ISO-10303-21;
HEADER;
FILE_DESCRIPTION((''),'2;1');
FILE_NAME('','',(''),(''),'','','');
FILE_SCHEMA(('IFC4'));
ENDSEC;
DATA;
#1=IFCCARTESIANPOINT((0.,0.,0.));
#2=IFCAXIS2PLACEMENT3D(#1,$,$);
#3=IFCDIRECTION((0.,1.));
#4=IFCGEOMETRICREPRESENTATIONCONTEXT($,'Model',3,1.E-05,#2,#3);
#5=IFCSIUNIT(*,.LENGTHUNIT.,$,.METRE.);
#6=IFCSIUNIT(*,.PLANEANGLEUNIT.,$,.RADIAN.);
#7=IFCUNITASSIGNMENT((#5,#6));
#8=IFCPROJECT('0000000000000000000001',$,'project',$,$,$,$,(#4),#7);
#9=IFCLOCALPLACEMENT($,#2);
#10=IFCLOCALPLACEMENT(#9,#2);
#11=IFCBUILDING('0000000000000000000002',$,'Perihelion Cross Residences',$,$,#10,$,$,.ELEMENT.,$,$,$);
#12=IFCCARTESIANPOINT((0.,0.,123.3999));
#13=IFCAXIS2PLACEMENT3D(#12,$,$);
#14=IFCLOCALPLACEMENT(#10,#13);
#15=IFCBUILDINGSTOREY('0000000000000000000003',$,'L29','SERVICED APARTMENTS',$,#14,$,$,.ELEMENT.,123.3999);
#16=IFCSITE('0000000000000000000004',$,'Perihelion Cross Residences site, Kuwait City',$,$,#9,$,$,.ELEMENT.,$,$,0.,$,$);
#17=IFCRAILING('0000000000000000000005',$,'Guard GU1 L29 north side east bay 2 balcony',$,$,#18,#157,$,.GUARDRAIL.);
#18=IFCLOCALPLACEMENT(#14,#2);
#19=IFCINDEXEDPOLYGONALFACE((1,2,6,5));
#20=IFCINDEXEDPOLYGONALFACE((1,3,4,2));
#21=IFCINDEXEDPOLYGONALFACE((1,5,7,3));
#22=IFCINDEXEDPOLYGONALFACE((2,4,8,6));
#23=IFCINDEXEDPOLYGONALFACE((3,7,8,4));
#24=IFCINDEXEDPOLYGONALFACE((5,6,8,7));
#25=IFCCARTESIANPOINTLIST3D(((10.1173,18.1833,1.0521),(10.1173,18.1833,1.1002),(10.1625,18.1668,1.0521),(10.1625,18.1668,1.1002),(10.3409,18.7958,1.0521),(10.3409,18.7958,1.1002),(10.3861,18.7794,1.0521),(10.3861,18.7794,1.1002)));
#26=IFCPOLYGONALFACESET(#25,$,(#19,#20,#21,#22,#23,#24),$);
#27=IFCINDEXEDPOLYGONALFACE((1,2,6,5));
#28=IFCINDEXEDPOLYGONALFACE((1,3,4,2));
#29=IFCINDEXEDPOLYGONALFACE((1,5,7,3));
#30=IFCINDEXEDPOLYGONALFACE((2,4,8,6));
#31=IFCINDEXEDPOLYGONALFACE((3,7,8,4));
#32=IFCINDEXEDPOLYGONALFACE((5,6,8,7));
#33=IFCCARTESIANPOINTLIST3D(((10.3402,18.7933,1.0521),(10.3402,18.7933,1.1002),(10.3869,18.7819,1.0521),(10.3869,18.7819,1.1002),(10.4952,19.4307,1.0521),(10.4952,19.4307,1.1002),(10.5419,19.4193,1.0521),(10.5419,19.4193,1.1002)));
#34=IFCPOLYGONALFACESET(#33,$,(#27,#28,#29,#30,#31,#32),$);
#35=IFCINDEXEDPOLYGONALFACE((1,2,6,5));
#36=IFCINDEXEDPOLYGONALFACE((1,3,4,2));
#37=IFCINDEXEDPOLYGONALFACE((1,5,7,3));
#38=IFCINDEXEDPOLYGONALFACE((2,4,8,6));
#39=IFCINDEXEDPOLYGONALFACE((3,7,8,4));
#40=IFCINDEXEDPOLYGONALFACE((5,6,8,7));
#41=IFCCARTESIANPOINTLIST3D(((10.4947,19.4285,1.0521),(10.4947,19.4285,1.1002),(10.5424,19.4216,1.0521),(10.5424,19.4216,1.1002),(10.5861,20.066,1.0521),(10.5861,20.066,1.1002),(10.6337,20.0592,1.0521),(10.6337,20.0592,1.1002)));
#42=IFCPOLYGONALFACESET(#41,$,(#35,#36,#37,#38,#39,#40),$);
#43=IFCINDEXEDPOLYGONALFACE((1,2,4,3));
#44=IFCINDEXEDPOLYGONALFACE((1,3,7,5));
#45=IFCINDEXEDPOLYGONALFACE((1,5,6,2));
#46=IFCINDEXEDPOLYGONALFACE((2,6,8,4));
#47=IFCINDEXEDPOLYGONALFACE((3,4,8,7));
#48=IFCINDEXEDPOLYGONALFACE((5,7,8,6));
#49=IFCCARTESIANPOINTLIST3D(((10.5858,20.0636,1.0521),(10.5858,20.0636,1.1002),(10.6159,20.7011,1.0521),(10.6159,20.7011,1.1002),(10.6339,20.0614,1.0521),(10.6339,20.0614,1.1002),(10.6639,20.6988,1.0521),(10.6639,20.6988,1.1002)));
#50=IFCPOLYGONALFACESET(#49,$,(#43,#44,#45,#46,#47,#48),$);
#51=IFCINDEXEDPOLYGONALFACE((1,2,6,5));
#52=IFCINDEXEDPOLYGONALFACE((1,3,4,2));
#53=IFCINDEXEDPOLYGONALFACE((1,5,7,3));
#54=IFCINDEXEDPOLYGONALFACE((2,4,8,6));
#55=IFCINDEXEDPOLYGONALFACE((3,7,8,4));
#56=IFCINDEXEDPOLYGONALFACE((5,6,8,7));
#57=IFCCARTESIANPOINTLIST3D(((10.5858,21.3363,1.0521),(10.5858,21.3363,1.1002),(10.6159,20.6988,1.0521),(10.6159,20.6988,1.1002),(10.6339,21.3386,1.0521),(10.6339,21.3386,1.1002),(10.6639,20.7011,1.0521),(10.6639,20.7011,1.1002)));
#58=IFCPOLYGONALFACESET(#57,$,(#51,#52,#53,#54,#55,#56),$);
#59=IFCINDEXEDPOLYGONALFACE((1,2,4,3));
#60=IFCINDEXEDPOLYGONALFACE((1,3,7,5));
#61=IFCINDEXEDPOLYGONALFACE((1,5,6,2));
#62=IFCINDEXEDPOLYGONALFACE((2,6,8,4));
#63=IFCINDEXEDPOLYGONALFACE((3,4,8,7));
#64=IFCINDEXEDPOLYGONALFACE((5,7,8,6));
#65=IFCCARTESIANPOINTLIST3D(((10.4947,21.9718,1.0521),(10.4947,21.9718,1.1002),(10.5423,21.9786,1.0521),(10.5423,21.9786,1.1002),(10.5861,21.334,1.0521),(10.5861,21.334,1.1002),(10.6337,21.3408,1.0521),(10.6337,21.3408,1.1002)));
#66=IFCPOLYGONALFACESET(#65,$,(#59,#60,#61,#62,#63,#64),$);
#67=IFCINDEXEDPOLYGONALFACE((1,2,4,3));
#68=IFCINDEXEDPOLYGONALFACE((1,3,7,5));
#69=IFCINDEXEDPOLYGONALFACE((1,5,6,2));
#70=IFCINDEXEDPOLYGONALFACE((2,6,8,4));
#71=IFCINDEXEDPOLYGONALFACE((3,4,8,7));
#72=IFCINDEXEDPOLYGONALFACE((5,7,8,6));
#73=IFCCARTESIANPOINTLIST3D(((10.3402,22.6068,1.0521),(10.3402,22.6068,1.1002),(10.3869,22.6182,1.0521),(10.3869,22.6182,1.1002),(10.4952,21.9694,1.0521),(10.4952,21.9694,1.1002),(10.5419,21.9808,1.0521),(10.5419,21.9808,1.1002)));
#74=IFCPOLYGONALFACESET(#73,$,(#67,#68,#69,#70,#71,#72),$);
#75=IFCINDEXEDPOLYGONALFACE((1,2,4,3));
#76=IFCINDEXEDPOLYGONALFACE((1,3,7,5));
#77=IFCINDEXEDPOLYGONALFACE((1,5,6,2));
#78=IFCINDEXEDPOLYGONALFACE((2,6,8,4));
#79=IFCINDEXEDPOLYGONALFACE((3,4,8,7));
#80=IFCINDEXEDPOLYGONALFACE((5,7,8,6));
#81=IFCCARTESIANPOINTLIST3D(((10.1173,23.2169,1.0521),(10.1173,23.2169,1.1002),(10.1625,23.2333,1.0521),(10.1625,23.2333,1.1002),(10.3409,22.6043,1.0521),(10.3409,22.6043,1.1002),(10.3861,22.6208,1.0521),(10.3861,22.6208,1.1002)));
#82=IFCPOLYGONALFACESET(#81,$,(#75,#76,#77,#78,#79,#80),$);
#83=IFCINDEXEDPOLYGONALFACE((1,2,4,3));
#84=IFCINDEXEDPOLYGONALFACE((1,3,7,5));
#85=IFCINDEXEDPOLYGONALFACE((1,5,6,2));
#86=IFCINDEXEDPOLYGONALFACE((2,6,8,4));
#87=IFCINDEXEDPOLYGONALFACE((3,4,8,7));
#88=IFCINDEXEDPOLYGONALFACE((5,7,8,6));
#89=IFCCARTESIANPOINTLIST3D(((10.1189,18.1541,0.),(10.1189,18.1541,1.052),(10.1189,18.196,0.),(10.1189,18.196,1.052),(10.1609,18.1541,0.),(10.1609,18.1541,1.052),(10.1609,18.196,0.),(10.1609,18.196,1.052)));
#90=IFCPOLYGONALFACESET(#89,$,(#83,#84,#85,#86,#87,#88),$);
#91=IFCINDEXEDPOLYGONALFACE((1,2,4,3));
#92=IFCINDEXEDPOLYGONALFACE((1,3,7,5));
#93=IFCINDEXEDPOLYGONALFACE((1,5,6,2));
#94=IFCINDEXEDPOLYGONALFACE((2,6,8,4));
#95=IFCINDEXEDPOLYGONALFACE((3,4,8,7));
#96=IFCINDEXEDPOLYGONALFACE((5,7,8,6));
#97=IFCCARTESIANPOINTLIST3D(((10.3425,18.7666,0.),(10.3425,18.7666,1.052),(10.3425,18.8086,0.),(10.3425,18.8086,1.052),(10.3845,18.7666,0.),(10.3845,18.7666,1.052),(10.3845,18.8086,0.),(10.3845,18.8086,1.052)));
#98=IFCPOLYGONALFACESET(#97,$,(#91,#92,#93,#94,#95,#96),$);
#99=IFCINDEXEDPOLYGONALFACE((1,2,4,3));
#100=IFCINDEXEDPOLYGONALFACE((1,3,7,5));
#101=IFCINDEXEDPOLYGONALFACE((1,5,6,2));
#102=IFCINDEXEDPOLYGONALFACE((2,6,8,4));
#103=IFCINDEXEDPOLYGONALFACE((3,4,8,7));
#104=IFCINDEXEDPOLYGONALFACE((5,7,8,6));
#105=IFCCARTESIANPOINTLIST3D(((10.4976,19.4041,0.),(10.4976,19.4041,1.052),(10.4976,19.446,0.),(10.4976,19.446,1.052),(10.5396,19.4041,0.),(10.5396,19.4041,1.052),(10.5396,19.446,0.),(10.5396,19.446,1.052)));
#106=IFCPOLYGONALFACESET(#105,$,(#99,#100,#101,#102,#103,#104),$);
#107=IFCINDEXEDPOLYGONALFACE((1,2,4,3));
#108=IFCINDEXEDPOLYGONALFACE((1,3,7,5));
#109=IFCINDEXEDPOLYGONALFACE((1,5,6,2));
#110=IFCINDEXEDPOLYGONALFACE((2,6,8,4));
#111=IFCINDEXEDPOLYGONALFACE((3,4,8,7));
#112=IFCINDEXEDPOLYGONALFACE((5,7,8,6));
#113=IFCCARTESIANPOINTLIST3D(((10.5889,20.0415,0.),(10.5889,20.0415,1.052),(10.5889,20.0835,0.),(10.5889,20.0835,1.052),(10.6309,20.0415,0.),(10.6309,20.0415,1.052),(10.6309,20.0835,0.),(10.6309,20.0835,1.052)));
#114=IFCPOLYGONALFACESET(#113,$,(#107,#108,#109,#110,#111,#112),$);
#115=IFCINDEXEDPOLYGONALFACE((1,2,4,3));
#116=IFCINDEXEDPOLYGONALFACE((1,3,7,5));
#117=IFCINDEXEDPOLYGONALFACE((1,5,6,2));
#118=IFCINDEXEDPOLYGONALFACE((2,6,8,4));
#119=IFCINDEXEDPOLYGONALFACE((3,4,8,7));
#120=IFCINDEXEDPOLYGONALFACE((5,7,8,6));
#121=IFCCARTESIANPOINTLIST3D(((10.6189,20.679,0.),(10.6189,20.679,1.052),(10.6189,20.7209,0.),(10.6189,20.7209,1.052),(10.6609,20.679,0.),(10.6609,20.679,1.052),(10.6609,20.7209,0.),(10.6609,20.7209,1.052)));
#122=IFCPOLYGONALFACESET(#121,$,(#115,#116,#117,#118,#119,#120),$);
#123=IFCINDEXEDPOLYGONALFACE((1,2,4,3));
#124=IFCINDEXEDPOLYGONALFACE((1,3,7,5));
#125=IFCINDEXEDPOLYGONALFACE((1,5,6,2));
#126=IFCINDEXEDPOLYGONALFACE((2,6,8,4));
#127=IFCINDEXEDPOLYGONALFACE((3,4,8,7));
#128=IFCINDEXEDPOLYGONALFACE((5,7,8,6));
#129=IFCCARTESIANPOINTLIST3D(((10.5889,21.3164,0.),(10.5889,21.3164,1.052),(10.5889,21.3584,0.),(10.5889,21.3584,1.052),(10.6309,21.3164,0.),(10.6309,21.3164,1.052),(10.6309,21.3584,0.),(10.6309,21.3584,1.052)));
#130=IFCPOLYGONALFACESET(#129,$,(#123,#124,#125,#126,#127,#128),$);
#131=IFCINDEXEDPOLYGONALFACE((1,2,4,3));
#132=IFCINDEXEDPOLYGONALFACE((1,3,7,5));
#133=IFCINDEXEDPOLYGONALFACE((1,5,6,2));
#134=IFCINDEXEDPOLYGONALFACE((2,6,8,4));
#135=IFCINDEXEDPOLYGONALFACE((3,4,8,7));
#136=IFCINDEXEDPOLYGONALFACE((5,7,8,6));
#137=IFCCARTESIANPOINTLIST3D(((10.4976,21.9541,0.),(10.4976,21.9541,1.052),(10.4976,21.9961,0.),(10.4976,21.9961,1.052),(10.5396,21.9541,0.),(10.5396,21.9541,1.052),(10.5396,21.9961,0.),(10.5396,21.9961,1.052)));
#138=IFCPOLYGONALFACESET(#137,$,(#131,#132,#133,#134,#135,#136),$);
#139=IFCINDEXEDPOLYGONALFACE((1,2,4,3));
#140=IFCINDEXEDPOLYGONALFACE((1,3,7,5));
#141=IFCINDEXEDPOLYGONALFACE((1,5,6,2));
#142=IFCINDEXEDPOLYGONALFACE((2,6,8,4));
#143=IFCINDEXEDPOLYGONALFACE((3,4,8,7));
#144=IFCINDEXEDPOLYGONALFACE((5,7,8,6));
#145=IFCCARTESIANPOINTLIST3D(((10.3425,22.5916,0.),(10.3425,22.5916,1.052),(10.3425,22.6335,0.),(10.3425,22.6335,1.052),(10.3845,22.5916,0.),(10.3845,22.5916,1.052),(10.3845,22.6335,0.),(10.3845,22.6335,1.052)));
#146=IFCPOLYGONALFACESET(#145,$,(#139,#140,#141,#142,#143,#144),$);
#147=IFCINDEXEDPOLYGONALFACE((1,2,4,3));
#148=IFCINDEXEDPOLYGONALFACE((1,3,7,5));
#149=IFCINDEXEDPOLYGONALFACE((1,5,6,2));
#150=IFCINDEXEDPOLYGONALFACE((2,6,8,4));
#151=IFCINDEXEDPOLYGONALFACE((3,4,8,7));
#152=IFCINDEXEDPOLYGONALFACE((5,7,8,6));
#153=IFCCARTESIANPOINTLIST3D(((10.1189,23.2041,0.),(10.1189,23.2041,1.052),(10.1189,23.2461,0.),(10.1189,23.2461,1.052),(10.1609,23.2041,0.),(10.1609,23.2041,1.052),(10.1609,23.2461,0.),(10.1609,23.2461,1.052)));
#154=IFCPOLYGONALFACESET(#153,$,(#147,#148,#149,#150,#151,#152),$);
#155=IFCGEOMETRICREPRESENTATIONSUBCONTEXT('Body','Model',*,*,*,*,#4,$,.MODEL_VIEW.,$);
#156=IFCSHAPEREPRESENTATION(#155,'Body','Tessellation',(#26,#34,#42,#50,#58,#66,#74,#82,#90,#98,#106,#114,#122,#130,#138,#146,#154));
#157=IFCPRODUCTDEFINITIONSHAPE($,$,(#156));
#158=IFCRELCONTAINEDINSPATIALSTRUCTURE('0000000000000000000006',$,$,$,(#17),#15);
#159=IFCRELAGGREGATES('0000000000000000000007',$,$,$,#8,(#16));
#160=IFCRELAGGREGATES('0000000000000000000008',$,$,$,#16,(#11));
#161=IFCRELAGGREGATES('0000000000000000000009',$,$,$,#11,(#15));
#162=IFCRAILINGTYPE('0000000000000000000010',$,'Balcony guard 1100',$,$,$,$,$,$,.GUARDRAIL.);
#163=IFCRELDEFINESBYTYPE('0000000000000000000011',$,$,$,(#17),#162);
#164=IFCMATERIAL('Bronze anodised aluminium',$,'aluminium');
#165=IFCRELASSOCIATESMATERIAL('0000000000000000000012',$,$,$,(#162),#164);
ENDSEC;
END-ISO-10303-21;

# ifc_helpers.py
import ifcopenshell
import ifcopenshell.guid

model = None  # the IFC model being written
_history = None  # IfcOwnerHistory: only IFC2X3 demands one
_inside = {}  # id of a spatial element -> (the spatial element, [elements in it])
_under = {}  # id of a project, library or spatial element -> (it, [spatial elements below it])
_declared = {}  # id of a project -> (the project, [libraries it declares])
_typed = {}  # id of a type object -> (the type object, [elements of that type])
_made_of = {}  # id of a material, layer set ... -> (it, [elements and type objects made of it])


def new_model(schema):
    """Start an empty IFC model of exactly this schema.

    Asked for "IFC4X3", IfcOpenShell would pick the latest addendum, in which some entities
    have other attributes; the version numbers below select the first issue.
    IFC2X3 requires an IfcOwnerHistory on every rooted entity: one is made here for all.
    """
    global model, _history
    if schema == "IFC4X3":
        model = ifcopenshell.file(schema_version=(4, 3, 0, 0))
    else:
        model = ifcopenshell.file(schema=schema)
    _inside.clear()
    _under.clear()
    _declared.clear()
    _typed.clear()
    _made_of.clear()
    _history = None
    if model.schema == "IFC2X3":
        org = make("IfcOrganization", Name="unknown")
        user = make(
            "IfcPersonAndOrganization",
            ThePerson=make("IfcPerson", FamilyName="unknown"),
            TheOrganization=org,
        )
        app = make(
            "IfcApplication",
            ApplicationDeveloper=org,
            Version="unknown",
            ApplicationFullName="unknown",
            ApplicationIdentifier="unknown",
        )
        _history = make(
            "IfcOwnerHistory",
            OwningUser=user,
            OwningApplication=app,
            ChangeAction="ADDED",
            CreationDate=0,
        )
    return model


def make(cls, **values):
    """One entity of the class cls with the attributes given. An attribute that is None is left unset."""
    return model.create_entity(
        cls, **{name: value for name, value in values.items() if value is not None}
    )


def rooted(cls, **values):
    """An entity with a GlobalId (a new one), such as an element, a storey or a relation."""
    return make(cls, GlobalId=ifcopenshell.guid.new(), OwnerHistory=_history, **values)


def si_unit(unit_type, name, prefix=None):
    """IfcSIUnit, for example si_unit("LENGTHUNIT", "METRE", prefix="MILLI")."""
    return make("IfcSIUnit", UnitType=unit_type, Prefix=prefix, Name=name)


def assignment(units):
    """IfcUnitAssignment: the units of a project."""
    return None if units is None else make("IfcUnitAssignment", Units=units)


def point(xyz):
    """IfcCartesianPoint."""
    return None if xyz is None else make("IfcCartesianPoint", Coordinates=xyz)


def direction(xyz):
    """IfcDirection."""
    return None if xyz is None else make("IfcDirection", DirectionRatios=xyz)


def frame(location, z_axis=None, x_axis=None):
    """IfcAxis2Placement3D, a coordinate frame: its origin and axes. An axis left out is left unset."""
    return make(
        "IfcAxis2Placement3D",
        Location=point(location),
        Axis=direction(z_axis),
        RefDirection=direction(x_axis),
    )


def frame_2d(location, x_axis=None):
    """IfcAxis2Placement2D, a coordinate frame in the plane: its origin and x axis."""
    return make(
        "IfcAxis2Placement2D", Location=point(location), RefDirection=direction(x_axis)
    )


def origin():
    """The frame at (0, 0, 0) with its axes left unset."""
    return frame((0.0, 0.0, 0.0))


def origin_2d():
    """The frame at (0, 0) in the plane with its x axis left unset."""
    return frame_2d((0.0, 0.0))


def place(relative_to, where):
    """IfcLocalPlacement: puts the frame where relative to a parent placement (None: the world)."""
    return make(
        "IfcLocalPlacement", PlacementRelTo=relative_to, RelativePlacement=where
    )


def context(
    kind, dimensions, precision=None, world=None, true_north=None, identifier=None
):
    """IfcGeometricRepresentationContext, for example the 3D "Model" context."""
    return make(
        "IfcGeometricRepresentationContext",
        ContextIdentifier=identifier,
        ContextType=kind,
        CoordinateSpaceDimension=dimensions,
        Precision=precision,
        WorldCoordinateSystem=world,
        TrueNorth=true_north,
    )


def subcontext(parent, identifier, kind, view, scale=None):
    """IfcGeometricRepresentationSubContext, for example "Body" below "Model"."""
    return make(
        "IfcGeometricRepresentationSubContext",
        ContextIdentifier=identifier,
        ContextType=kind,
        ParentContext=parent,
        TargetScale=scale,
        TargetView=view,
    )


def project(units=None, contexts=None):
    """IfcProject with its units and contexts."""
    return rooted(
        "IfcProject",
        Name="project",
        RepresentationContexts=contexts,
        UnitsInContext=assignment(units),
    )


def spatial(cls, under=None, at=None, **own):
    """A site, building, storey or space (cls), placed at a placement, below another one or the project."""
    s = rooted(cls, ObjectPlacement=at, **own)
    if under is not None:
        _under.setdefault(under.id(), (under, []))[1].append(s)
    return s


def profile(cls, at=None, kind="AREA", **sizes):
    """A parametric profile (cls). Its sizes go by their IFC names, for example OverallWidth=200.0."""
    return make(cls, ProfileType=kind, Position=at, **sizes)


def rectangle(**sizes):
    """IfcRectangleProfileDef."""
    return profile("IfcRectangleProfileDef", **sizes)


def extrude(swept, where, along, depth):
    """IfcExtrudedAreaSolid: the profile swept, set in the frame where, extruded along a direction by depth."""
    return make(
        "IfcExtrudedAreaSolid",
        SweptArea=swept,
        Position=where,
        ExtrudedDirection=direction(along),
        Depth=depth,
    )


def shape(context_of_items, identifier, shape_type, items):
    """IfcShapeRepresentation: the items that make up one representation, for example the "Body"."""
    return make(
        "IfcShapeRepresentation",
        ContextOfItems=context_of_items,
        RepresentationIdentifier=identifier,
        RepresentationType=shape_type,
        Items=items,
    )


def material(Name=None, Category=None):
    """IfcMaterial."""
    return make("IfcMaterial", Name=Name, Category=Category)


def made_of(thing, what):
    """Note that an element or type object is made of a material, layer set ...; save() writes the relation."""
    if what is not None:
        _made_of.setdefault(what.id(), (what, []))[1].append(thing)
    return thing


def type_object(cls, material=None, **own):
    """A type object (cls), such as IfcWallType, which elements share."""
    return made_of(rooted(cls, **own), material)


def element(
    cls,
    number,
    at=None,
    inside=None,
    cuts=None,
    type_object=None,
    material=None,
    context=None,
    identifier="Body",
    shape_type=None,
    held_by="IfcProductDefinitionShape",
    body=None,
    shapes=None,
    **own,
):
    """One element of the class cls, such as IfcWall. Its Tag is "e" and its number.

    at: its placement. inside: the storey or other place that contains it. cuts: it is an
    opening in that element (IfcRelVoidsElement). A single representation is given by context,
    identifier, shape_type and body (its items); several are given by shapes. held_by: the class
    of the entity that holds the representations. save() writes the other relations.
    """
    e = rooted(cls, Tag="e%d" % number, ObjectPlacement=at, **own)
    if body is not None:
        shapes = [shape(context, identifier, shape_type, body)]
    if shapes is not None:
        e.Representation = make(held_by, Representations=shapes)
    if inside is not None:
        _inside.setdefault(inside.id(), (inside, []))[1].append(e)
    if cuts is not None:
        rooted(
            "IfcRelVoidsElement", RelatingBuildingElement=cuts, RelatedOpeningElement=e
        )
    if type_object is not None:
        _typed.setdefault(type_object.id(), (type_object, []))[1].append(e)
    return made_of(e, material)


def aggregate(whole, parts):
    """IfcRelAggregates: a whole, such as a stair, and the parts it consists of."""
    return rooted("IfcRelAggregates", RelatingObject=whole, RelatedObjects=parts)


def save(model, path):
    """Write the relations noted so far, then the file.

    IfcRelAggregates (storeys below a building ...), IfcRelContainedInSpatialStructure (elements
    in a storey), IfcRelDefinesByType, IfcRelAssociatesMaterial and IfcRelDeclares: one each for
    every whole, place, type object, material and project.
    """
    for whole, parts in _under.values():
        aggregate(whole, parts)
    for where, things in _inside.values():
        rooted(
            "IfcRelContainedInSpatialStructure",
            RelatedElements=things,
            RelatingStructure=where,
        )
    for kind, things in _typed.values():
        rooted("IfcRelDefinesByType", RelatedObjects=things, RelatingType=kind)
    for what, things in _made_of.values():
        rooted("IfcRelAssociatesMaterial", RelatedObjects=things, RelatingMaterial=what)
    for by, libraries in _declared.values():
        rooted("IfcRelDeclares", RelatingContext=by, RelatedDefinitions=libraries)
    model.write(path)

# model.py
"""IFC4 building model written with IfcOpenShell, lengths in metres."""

from ifc_helpers import new_model, si_unit, direction, frame, origin, origin_2d, place, context, subcontext, project, spatial, rectangle, extrude, material, type_object, element, save


model = new_model("IFC4")

# Units and contexts
model_context = context("Model", 3, precision=1e-05, world=origin(), true_north=direction((0.0, 1.0)))
body_context = subcontext(model_context, "Body", "Model", "MODEL_VIEW")
ifc_project = project(units=[si_unit("LENGTHUNIT", "METRE"), si_unit("PLANEANGLEUNIT", "RADIAN")], contexts=[model_context])

# Site, building, storey
site_placement = place(None, origin())
site = spatial("IfcSite", under=ifc_project, at=site_placement, Name="Perihelion Cross Residences site, Kuwait City", CompositionType="ELEMENT", RefElevation=0.0)
building_placement = place(site_placement, origin())
building = spatial("IfcBuilding", under=site, at=building_placement, Name="Perihelion Cross Residences", CompositionType="ELEMENT")
storey_placement = place(building_placement, frame((0.0, 0.0, 123.3999)))
storey = spatial("IfcBuildingStorey", under=building, at=storey_placement, Name="L29", Description="SERVICED APARTMENTS", CompositionType="ELEMENT", Elevation=123.3999)

# Railing
ifc_material_1 = material(Name="Bronze anodised aluminium", Category="aluminium")
railing_type = type_object("IfcRailingType", Name="Balcony guard 1100", PredefinedType="GUARDRAIL", material=ifc_material_1)
railing_1_placement = place(storey_placement, frame((10.1399, 18.175, 0.0)))
element("IfcRailing", 1, at=railing_1_placement, inside=storey, type_object=railing_type, Name="Guard GU1 L29 north side east bay 2 balcony", PredefinedType="GUARDRAIL", context=body_context, shape_type="SweptSolid", body=[
    extrude(rectangle(XDim=0.0481, YDim=0.0481, at=origin_2d()), frame((0.0, 0.0, 1.0762), z_axis=(0.342945, 0.939355, 0.0), x_axis=(-0.939355, 0.342945, 0.0)), (0.0, 0.0, 1.0), 0.6521),
    extrude(rectangle(XDim=0.0481, YDim=0.0481, at=origin_2d()), frame((0.2236, 0.6125, 1.0762), z_axis=(0.236314, 0.971677, 0.0), x_axis=(-0.971677, 0.236314, 0.0)), (0.0, 0.0, 1.0), 0.656),
    extrude(rectangle(XDim=0.0481, YDim=0.0481, at=origin_2d()), frame((0.3787, 1.25, 1.0762), z_axis=(0.141793, 0.989896, 0.0), x_axis=(-0.989896, 0.141793, 0.0)), (0.0, 0.0, 1.0), 0.644),
    extrude(rectangle(XDim=0.0481, YDim=0.0481, at=origin_2d()), frame((0.47, 1.8875, 1.0762), z_axis=(0.047056, 0.998892, 0.0), x_axis=(-0.998892, 0.047056, 0.0)), (0.0, 0.0, 1.0), 0.6382),
    extrude(rectangle(XDim=0.0481, YDim=0.0481, at=origin_2d()), frame((0.5, 2.5249, 1.0762), z_axis=(-0.047056, 0.998892, 0.0), x_axis=(-0.998892, -0.047056, 0.0)), (0.0, 0.0, 1.0), 0.6382),
    extrude(rectangle(XDim=0.0481, YDim=0.0481, at=origin_2d()), frame((0.47, 3.1624, 1.0762), z_axis=(-0.14174, 0.989904, 0.0), x_axis=(-0.989904, -0.14174, 0.0)), (0.0, 0.0, 1.0), 0.6443),
    extrude(rectangle(XDim=0.0481, YDim=0.0481, at=origin_2d()), frame((0.3787, 3.8, 1.0762), z_axis=(-0.236314, 0.971677, 0.0), x_axis=(-0.971677, -0.236314, 0.0)), (0.0, 0.0, 1.0), 0.656),
    extrude(rectangle(XDim=0.0481, YDim=0.0481, at=origin_2d()), frame((0.2236, 4.4375, 1.0762), z_axis=(-0.342945, 0.939355, 0.0), x_axis=(-0.939355, -0.342945, 0.0)), (0.0, 0.0, 1.0), 0.6521),
    extrude(rectangle(XDim=0.042, YDim=0.042, at=origin_2d()), origin(), (0.0, 0.0, 1.0), 1.052),
    extrude(rectangle(XDim=0.042, YDim=0.042, at=origin_2d()), frame((0.2236, 0.6125, 0.0)), (0.0, 0.0, 1.0), 1.052),
    extrude(rectangle(XDim=0.042, YDim=0.042, at=origin_2d()), frame((0.3787, 1.25, 0.0)), (0.0, 0.0, 1.0), 1.052),
    extrude(rectangle(XDim=0.042, YDim=0.042, at=origin_2d()), frame((0.47, 1.8875, 0.0)), (0.0, 0.0, 1.0), 1.052),
    extrude(rectangle(XDim=0.042, YDim=0.042, at=origin_2d()), frame((0.5, 2.5249, 0.0)), (0.0, 0.0, 1.0), 1.052),
    extrude(rectangle(XDim=0.042, YDim=0.042, at=origin_2d()), frame((0.47, 3.1624, 0.0)), (0.0, 0.0, 1.0), 1.052),
    extrude(rectangle(XDim=0.042, YDim=0.042, at=origin_2d()), frame((0.3787, 3.8, 0.0)), (0.0, 0.0, 1.0), 1.052),
    extrude(rectangle(XDim=0.042, YDim=0.042, at=origin_2d()), frame((0.2236, 4.4375, 0.0)), (0.0, 0.0, 1.0), 1.052),
    extrude(rectangle(XDim=0.042, YDim=0.042, at=origin_2d()), frame((0.0, 5.05, 0.0)), (0.0, 0.0, 1.0), 1.052),
])

save(model, "model.ifc")
